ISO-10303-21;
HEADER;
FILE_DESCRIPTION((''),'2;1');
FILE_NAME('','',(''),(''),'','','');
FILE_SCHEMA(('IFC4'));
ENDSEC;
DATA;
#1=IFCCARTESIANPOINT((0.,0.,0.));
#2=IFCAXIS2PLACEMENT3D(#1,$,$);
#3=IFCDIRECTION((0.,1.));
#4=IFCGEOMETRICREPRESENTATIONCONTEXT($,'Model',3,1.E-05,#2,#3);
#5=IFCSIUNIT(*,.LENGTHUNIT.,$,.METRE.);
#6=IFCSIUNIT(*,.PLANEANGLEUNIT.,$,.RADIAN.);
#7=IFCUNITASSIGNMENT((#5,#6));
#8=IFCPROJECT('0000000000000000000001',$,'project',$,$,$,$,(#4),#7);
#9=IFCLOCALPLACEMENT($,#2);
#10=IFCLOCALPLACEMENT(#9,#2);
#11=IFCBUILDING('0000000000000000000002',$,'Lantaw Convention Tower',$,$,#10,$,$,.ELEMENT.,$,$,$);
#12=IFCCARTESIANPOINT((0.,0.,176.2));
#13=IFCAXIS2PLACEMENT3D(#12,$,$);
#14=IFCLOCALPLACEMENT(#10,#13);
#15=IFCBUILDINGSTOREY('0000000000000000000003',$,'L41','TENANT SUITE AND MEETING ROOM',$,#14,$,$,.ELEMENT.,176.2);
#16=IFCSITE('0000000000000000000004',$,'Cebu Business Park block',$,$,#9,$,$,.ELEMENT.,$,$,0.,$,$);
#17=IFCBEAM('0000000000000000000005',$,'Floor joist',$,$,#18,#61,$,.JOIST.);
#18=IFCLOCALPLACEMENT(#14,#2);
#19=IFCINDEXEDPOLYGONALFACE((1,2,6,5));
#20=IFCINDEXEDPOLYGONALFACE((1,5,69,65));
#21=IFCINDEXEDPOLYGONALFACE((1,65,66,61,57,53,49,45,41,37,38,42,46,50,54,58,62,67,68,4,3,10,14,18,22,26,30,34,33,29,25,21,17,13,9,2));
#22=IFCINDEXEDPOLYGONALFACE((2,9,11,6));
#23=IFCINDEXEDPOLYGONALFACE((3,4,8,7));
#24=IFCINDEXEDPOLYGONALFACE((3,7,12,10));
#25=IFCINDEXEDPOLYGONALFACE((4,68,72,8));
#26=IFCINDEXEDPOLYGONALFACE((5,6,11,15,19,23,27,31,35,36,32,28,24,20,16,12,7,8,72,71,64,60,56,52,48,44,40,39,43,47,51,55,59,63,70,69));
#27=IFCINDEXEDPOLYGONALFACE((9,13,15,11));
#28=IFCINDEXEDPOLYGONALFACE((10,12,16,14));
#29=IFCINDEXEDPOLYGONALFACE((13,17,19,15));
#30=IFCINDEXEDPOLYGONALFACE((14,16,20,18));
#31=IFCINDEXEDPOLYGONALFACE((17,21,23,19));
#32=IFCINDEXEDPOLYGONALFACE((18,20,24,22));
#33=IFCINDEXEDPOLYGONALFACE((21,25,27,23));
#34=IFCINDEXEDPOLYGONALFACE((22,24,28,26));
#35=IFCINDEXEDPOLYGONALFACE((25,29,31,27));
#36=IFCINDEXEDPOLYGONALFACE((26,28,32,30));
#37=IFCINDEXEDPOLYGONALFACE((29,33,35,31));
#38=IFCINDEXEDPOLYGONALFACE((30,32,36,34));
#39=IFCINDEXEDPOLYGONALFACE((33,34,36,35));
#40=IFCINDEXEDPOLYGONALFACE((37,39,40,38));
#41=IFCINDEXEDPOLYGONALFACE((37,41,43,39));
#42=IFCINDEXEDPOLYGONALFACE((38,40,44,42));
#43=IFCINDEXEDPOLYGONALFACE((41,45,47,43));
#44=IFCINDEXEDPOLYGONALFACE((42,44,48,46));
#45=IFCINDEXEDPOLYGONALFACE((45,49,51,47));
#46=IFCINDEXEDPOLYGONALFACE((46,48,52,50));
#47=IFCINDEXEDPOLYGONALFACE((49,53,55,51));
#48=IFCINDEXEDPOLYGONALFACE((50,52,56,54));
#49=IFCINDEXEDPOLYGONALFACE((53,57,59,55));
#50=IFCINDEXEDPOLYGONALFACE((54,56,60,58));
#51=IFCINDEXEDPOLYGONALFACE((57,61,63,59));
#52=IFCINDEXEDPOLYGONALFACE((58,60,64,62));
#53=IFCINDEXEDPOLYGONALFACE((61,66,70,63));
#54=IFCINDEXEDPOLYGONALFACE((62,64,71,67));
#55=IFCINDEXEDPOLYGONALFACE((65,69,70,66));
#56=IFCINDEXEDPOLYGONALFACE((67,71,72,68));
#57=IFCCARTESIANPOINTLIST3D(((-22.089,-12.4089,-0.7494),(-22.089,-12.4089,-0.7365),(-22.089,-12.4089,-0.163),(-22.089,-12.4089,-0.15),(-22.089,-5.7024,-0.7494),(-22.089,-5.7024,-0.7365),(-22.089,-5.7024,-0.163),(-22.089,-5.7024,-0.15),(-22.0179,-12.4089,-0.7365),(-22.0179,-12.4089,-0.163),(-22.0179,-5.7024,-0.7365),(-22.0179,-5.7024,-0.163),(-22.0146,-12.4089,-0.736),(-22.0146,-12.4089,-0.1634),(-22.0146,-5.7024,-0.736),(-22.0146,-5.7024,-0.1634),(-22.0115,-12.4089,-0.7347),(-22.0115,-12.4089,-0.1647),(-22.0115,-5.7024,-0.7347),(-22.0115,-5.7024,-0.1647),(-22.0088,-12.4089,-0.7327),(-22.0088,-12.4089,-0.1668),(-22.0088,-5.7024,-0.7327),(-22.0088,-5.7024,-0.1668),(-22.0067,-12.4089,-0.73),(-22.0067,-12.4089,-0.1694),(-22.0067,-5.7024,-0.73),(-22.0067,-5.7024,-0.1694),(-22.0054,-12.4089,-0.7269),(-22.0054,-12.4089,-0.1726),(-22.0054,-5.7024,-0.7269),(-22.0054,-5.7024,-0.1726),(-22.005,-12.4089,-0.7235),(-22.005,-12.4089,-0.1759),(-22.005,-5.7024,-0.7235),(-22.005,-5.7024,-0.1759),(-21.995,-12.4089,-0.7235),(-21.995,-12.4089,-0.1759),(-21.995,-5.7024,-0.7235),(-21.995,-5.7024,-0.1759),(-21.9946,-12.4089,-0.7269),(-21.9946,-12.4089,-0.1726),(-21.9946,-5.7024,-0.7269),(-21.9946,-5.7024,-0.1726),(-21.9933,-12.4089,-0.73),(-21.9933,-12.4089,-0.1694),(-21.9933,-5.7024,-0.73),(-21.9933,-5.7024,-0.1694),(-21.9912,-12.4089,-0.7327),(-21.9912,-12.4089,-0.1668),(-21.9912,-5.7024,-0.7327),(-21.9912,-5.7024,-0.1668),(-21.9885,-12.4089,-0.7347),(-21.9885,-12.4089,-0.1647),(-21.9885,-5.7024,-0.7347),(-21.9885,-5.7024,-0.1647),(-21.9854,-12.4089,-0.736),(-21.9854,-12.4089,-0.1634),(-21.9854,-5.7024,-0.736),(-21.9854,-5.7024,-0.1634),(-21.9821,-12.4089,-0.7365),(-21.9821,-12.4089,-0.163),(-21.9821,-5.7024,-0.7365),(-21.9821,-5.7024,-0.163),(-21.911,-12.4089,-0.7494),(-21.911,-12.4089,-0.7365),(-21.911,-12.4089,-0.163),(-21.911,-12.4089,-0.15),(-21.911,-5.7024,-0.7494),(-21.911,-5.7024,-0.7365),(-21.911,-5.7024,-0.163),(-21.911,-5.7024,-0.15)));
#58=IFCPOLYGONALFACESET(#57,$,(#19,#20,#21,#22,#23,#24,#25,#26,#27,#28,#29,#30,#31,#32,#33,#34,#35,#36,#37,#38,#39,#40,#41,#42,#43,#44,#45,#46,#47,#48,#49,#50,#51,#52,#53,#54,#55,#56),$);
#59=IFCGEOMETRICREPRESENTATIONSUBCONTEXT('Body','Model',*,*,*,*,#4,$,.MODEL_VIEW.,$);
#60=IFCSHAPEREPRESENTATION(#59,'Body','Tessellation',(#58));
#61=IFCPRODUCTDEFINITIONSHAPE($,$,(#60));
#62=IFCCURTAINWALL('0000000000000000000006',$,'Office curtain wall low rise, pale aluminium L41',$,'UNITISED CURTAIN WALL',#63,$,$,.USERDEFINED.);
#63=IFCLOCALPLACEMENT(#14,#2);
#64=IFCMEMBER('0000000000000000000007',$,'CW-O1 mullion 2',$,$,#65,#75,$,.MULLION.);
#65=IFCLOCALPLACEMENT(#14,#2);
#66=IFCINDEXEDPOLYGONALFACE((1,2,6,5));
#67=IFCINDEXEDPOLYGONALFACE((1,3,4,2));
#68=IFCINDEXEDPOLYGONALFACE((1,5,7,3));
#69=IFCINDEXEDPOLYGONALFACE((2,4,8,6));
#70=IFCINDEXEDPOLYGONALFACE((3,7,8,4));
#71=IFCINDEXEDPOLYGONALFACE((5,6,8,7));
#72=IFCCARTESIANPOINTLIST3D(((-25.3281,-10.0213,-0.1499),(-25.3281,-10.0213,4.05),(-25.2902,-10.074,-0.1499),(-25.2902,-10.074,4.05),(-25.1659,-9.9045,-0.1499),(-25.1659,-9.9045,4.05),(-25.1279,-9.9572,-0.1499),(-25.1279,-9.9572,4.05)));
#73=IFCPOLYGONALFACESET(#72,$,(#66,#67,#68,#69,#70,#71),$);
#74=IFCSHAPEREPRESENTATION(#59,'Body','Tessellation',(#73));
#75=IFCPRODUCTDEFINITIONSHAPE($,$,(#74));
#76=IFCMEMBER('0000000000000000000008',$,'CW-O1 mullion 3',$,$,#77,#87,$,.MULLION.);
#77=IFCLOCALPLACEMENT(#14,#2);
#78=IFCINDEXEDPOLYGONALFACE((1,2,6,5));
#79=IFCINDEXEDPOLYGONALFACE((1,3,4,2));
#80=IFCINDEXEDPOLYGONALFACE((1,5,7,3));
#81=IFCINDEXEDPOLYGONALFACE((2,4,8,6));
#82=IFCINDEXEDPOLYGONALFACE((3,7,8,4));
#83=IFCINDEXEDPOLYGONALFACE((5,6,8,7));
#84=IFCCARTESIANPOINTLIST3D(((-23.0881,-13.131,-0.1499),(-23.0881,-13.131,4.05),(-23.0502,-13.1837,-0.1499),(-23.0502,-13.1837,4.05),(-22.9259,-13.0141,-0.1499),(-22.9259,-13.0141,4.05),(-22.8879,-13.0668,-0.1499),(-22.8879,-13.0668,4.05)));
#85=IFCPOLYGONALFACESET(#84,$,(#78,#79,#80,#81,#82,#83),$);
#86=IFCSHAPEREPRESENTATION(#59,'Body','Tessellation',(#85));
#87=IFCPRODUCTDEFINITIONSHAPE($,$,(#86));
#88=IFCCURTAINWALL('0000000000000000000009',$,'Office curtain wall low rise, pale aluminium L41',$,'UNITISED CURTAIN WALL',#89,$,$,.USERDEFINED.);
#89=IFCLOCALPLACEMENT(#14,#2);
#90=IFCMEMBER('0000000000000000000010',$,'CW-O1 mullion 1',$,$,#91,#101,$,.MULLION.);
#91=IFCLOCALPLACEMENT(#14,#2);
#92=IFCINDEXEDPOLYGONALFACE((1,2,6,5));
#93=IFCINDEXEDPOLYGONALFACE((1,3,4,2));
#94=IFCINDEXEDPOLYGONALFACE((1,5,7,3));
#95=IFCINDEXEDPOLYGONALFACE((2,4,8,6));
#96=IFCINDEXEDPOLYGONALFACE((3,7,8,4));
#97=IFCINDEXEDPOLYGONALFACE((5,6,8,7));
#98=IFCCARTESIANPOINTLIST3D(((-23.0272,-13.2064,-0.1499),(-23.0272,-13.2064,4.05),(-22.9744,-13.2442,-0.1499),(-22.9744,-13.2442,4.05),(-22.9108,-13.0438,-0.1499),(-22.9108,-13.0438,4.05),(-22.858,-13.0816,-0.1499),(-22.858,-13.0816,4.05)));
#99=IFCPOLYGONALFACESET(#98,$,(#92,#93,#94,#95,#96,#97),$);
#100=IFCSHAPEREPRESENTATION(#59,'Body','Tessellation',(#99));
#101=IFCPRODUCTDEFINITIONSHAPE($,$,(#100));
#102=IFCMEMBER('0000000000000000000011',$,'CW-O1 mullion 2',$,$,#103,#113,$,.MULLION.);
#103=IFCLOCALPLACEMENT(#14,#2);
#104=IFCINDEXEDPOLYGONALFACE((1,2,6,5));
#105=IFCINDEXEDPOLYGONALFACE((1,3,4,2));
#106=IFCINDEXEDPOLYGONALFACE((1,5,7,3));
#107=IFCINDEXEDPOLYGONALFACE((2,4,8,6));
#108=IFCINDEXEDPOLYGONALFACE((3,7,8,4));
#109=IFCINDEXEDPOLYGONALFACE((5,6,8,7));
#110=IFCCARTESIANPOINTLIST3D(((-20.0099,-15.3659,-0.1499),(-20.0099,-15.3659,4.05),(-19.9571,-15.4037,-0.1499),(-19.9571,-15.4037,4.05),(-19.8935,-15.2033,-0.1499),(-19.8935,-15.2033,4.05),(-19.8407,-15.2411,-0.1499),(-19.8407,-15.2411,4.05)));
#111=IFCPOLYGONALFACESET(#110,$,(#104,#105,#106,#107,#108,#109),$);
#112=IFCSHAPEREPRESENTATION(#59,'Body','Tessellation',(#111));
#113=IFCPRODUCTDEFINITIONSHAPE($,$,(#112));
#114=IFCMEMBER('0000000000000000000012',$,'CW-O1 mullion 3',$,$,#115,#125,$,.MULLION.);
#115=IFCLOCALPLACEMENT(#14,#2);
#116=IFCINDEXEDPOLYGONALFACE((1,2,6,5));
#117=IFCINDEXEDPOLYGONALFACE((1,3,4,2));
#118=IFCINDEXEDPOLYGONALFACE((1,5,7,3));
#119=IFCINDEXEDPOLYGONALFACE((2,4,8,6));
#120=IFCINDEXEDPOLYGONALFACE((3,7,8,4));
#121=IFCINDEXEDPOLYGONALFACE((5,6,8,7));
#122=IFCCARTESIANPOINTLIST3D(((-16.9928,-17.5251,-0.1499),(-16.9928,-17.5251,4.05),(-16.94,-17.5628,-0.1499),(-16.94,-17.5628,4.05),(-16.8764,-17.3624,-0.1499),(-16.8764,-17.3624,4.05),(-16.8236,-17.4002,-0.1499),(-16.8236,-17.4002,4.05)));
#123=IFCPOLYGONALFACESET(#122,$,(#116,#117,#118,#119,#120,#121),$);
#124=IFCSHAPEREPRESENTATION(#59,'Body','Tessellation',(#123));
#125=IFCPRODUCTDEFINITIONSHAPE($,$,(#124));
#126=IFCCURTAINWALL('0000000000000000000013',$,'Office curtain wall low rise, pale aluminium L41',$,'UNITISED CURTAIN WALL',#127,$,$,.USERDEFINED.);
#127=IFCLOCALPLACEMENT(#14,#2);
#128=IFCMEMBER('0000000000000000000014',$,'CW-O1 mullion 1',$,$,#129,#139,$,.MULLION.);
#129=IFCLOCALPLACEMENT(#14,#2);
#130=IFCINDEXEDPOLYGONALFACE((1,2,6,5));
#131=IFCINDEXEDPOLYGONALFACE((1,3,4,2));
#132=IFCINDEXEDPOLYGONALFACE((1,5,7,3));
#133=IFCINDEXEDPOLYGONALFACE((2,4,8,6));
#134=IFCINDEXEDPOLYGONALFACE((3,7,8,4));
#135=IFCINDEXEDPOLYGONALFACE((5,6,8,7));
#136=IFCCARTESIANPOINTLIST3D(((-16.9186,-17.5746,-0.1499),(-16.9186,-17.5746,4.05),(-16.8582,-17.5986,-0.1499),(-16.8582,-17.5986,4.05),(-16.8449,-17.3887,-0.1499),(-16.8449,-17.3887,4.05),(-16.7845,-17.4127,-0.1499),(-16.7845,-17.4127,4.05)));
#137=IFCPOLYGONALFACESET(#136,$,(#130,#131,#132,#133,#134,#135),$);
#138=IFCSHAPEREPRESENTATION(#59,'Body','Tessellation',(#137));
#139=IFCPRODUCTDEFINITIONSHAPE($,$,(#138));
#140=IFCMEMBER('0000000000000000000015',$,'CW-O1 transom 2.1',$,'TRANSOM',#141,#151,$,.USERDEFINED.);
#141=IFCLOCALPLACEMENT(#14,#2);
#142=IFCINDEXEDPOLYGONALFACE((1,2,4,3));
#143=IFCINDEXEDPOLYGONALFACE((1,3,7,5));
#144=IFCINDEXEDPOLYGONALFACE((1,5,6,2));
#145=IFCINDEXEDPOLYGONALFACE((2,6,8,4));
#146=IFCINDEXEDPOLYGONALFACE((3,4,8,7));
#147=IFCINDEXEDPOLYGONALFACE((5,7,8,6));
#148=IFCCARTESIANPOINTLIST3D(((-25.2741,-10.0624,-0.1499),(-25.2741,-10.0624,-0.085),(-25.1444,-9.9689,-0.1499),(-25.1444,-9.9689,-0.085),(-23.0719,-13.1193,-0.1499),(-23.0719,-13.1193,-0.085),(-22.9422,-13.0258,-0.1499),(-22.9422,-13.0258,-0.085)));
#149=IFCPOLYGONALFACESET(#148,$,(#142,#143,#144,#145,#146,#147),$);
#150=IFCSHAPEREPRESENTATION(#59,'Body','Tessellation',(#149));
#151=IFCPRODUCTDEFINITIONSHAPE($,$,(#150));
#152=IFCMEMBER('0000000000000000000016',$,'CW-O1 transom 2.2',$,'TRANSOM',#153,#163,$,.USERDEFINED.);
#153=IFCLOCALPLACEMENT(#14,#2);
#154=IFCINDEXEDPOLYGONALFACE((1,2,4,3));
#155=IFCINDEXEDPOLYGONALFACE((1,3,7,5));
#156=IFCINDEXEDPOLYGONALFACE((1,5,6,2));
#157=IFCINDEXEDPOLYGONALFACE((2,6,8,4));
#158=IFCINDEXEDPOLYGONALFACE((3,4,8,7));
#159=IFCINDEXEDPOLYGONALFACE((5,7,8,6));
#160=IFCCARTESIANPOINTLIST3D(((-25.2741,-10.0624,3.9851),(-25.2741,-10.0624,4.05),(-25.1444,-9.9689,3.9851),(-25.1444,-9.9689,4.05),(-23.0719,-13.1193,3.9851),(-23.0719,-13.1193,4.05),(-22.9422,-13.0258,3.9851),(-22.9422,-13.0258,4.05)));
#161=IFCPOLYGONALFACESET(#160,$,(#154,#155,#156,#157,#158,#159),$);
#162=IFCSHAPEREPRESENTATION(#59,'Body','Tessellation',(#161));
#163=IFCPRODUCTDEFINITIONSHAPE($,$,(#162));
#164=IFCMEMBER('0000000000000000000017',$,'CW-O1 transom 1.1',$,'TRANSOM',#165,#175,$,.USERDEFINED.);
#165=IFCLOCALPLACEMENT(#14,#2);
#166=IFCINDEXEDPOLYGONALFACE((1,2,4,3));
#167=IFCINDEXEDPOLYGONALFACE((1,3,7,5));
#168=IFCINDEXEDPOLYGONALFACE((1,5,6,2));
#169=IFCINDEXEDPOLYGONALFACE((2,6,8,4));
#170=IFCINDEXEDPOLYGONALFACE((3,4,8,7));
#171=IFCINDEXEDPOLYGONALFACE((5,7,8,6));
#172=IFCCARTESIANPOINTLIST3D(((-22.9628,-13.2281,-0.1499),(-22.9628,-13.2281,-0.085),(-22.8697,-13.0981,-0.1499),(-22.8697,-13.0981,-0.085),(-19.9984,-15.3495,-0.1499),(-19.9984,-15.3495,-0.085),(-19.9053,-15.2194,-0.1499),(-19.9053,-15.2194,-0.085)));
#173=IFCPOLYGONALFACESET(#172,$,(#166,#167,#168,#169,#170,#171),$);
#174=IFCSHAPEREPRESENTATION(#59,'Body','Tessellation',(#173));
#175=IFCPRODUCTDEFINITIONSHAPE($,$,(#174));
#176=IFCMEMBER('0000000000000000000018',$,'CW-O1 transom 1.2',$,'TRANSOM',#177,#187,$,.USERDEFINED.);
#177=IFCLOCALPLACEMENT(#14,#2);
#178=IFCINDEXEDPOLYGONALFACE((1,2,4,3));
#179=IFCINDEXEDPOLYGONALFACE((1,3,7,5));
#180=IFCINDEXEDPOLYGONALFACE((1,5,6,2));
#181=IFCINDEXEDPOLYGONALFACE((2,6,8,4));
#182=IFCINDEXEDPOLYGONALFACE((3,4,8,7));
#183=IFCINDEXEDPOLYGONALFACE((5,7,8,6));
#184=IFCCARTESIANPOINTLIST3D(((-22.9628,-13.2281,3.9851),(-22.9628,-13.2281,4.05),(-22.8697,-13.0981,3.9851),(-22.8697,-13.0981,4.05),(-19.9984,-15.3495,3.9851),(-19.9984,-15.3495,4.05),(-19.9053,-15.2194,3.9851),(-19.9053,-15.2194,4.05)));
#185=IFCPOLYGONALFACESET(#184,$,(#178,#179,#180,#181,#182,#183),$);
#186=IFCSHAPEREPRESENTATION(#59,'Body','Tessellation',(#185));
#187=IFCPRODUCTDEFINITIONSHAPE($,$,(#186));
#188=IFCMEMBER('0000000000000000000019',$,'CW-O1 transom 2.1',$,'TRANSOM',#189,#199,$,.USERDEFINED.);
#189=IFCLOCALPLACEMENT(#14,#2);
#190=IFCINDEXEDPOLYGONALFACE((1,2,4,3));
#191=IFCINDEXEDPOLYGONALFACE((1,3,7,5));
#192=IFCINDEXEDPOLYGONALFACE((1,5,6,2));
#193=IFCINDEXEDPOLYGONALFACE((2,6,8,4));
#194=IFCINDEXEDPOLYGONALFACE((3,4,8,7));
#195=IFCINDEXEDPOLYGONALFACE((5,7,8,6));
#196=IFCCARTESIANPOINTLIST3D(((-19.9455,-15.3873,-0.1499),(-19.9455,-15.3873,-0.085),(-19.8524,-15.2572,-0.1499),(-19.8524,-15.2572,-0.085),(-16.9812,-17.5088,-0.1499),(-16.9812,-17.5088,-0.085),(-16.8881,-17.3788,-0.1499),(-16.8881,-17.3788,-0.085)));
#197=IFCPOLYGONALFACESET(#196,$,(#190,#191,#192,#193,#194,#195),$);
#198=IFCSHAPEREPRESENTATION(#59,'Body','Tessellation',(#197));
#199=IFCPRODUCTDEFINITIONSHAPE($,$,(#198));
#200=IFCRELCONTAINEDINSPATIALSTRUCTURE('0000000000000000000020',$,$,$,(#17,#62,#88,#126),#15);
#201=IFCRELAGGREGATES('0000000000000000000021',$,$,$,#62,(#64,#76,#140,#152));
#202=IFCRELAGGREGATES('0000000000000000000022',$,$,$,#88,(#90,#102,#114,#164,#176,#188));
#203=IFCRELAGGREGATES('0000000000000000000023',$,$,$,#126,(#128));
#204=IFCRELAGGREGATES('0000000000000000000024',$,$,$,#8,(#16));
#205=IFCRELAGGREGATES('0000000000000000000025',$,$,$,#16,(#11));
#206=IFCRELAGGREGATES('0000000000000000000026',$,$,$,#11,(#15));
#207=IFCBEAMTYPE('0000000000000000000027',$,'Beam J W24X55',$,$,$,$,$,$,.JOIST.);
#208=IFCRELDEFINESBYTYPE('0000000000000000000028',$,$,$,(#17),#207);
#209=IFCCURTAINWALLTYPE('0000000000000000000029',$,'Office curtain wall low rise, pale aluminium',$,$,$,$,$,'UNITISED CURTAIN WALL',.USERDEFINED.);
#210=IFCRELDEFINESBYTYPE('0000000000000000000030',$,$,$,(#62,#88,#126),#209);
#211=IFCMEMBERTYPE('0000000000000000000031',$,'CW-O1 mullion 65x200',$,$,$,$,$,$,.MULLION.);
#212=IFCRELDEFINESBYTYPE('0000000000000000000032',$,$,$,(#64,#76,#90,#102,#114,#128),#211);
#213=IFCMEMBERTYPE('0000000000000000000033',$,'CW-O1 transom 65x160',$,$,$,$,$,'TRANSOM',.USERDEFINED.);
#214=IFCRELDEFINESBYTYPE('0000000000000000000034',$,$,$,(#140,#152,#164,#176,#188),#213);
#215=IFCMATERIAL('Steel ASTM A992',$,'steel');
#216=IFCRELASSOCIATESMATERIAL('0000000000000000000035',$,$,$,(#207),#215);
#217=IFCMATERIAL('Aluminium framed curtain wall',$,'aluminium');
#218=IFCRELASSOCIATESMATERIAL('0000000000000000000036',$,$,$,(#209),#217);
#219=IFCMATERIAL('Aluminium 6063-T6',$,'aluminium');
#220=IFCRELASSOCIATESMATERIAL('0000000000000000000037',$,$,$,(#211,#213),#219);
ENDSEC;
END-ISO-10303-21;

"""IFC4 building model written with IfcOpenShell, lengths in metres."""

from ifc_helpers import new_model, si_unit, direction, frame, origin, origin_2d, place, context, subcontext, project, spatial, rectangle, i_section, extrude, material, material_profile, profile_set, type_object, element, aggregate, save


model = new_model("IFC4")

# Units and contexts
model_context = context("Model", 3, precision=1e-05, world=origin(), true_north=direction((0.0, 1.0)))
body_context = subcontext(model_context, "Body", "Model", "MODEL_VIEW")
ifc_project = project(units=[si_unit("LENGTHUNIT", "METRE"), si_unit("PLANEANGLEUNIT", "RADIAN")], contexts=[model_context])

# Site, building, storey
site_placement = place(None, origin())
site = spatial("IfcSite", under=ifc_project, at=site_placement, Name="Cebu Business Park block", CompositionType="ELEMENT", RefElevation=0.0)
building_placement = place(site_placement, origin())
building = spatial("IfcBuilding", under=site, at=building_placement, Name="Lantaw Convention Tower", CompositionType="ELEMENT")
storey_placement = place(building_placement, frame((0.0, 0.0, 176.2)))
storey = spatial("IfcBuildingStorey", under=building, at=storey_placement, Name="L41", Description="TENANT SUITE AND MEETING ROOM", CompositionType="ELEMENT", Elevation=176.2)

# Beam
ifc_material_1 = material(Name="Steel ASTM A992", Category="steel")
ifc_material_profile_1 = material_profile(ifc_material_1, i_section(OverallWidth=0.178, OverallDepth=0.5994, WebThickness=0.01, FlangeThickness=0.0129, FilletRadius=0.0129, at=origin_2d()), Name="W24X55")
ifc_profile_set_1 = profile_set([ifc_material_profile_1], Name="Steel ASTM A992")
beam_type_1 = type_object("IfcBeamType", Name="Beam J W24X55", PredefinedType="JOIST", material=ifc_profile_set_1)
beam_1_placement = place(storey_placement, frame((-22.0, -12.4089, -0.4497), z_axis=(0.0, 1.0, 0.0), x_axis=(-1.0, 0.0, 0.0)))
element("IfcBeam", 1, at=beam_1_placement, inside=storey, type_object=beam_type_1, Name="Floor joist", PredefinedType="JOIST", context=body_context, shape_type="SweptSolid", body=[
    extrude(i_section(OverallWidth=0.178, OverallDepth=0.5994, WebThickness=0.01, FlangeThickness=0.0129, FilletRadius=0.0129, at=origin_2d()), origin(), (0.0, 0.0, 1.0), 6.7065),
])

# Curtain walls, members
ifc_material_2 = material(Name="Aluminium framed curtain wall", Category="aluminium")
curtain_wall_type = type_object("IfcCurtainWallType", Name="Office curtain wall low rise, pale aluminium", ElementType="UNITISED CURTAIN WALL", PredefinedType="USERDEFINED", material=ifc_material_2)
curtain_wall_1_placement = place(storey_placement, origin())
curtain_wall_1 = element("IfcCurtainWall", 2, at=curtain_wall_1_placement, inside=storey, type_object=curtain_wall_type, Name="Office curtain wall low rise, pale aluminium L41", ObjectType="UNITISED CURTAIN WALL", PredefinedType="USERDEFINED")
ifc_material_3 = material(Name="Aluminium 6063-T6", Category="aluminium")
ifc_material_profile_2 = material_profile(ifc_material_3, rectangle(XDim=0.2, YDim=0.0649, at=origin_2d()), Name="CW-O1 mullion 65x200")
ifc_profile_set_2 = profile_set([ifc_material_profile_2], Name="Aluminium 6063-T6")
member_type_1 = type_object("IfcMemberType", Name="CW-O1 mullion 65x200", PredefinedType="MULLION", material=ifc_profile_set_2)
member_1_placement = place(storey_placement, frame((-25.228, -9.9893, -0.1499), z_axis=(0.0, 0.0, 1.0), x_axis=(0.811385, 0.584513, 0.0)))
member_1 = element("IfcMember", 3, at=member_1_placement, type_object=member_type_1, Name="CW-O1 mullion 2", PredefinedType="MULLION", context=body_context, shape_type="SweptSolid", body=[
    extrude(rectangle(XDim=0.2, YDim=0.0649, at=origin_2d()), origin(), (0.0, 0.0, 1.0), 4.2),
])
member_2_placement = place(storey_placement, frame((-22.988, -13.0989, -0.1499), z_axis=(0.0, 0.0, 1.0), x_axis=(0.811385, 0.584513, 0.0)))
member_2 = element("IfcMember", 4, at=member_2_placement, type_object=member_type_1, Name="CW-O1 mullion 3", PredefinedType="MULLION", context=body_context, shape_type="SweptSolid", body=[
    extrude(rectangle(XDim=0.2, YDim=0.0649, at=origin_2d()), origin(), (0.0, 0.0, 1.0), 4.2),
])
curtain_wall_2_placement = place(storey_placement, origin())
curtain_wall_2 = element("IfcCurtainWall", 5, at=curtain_wall_2_placement, inside=storey, type_object=curtain_wall_type, Name="Office curtain wall low rise, pale aluminium L41", ObjectType="UNITISED CURTAIN WALL", PredefinedType="USERDEFINED")
member_3_placement = place(storey_placement, frame((-22.9426, -13.144, -0.1499), z_axis=(0.0, 0.0, 1.0), x_axis=(0.581973, 0.813208, 0.0)))
member_3 = element("IfcMember", 6, at=member_3_placement, type_object=member_type_1, Name="CW-O1 mullion 1", PredefinedType="MULLION", context=body_context, shape_type="SweptSolid", body=[
    extrude(rectangle(XDim=0.2, YDim=0.0649, at=origin_2d()), origin(), (0.0, 0.0, 1.0), 4.2),
])
member_4_placement = place(storey_placement, frame((-19.9253, -15.3035, -0.1499), z_axis=(0.0, 0.0, 1.0), x_axis=(0.581973, 0.813208, 0.0)))
member_4 = element("IfcMember", 7, at=member_4_placement, type_object=member_type_1, Name="CW-O1 mullion 2", PredefinedType="MULLION", context=body_context, shape_type="SweptSolid", body=[
    extrude(rectangle(XDim=0.2, YDim=0.0649, at=origin_2d()), origin(), (0.0, 0.0, 1.0), 4.2),
])
member_5_placement = place(storey_placement, frame((-16.9082, -17.4626, -0.1499), z_axis=(0.0, 0.0, 1.0), x_axis=(0.581973, 0.813208, 0.0)))
member_5 = element("IfcMember", 8, at=member_5_placement, type_object=member_type_1, Name="CW-O1 mullion 3", PredefinedType="MULLION", context=body_context, shape_type="SweptSolid", body=[
    extrude(rectangle(XDim=0.2, YDim=0.0649, at=origin_2d()), origin(), (0.0, 0.0, 1.0), 4.2),
])

# Curtain wall, member
curtain_wall_3_placement = place(storey_placement, origin())
curtain_wall_3 = element("IfcCurtainWall", 9, at=curtain_wall_3_placement, inside=storey, type_object=curtain_wall_type, Name="Office curtain wall low rise, pale aluminium L41", ObjectType="UNITISED CURTAIN WALL", PredefinedType="USERDEFINED")
member_6_placement = place(storey_placement, frame((-16.8516, -17.4937, -0.1499), z_axis=(0.0, 0.0, 1.0), x_axis=(0.368702, 0.929548, 0.0)))
member_6 = element("IfcMember", 10, at=member_6_placement, type_object=member_type_1, Name="CW-O1 mullion 1", PredefinedType="MULLION", context=body_context, shape_type="SweptSolid", body=[
    extrude(rectangle(XDim=0.2, YDim=0.0649, at=origin_2d()), origin(), (0.0, 0.0, 1.0), 4.2),
])

# Members
ifc_material_profile_3 = material_profile(ifc_material_3, rectangle(XDim=0.1599, YDim=0.0649, at=origin_2d()), Name="CW-O1 transom 65x160")
ifc_profile_set_3 = profile_set([ifc_material_profile_3], Name="Aluminium 6063-T6")
member_type_2 = type_object("IfcMemberType", Name="CW-O1 transom 65x160", ElementType="TRANSOM", PredefinedType="USERDEFINED", material=ifc_profile_set_3)
member_7_placement = place(storey_placement, frame((-25.2092, -10.0156, -0.1174), z_axis=(0.584513, -0.811384, 0.0), x_axis=(0.811384, 0.584513, 0.0)))
member_7 = element("IfcMember", 11, at=member_7_placement, type_object=member_type_2, Name="CW-O1 transom 2.1", ObjectType="TRANSOM", PredefinedType="USERDEFINED", context=body_context, shape_type="SweptSolid", body=[
    extrude(rectangle(XDim=0.1599, YDim=0.0649, at=origin_2d()), origin(), (0.0, 0.0, 1.0), 3.7676),
])
member_8_placement = place(storey_placement, frame((-25.2092, -10.0156, 4.0176), z_axis=(0.584513, -0.811384, 0.0), x_axis=(0.811384, 0.584513, 0.0)))
member_8 = element("IfcMember", 12, at=member_8_placement, type_object=member_type_2, Name="CW-O1 transom 2.2", ObjectType="TRANSOM", PredefinedType="USERDEFINED", context=body_context, shape_type="SweptSolid", body=[
    extrude(rectangle(XDim=0.1599, YDim=0.0649, at=origin_2d()), origin(), (0.0, 0.0, 1.0), 3.7676),
])
member_9_placement = place(storey_placement, frame((-22.9163, -13.1631, -0.1174), z_axis=(0.813222, -0.581954, 0.0), x_axis=(0.581954, 0.813222, 0.0)))
member_9 = element("IfcMember", 13, at=member_9_placement, type_object=member_type_2, Name="CW-O1 transom 1.1", ObjectType="TRANSOM", PredefinedType="USERDEFINED", context=body_context, shape_type="SweptSolid", body=[
    extrude(rectangle(XDim=0.1599, YDim=0.0649, at=origin_2d()), origin(), (0.0, 0.0, 1.0), 3.6453),
])
member_10_placement = place(storey_placement, frame((-22.9163, -13.1631, 4.0176), z_axis=(0.813222, -0.581954, 0.0), x_axis=(0.581954, 0.813222, 0.0)))
member_10 = element("IfcMember", 14, at=member_10_placement, type_object=member_type_2, Name="CW-O1 transom 1.2", ObjectType="TRANSOM", PredefinedType="USERDEFINED", context=body_context, shape_type="SweptSolid", body=[
    extrude(rectangle(XDim=0.1599, YDim=0.0649, at=origin_2d()), origin(), (0.0, 0.0, 1.0), 3.6453),
])
member_11_placement = place(storey_placement, frame((-19.8989, -15.3223, -0.1174), z_axis=(0.81319, -0.581998, 0.0), x_axis=(0.581998, 0.81319, 0.0)))
member_11 = element("IfcMember", 15, at=member_11_placement, type_object=member_type_2, Name="CW-O1 transom 2.1", ObjectType="TRANSOM", PredefinedType="USERDEFINED", context=body_context, shape_type="SweptSolid", body=[
    extrude(rectangle(XDim=0.1599, YDim=0.0649, at=origin_2d()), origin(), (0.0, 0.0, 1.0), 3.6453),
])

aggregate(curtain_wall_1, [member_1, member_2, member_7, member_8])
aggregate(curtain_wall_2, [member_3, member_4, member_5, member_9, member_10, member_11])
aggregate(curtain_wall_3, [member_6])

save(model, "model.ifc")
